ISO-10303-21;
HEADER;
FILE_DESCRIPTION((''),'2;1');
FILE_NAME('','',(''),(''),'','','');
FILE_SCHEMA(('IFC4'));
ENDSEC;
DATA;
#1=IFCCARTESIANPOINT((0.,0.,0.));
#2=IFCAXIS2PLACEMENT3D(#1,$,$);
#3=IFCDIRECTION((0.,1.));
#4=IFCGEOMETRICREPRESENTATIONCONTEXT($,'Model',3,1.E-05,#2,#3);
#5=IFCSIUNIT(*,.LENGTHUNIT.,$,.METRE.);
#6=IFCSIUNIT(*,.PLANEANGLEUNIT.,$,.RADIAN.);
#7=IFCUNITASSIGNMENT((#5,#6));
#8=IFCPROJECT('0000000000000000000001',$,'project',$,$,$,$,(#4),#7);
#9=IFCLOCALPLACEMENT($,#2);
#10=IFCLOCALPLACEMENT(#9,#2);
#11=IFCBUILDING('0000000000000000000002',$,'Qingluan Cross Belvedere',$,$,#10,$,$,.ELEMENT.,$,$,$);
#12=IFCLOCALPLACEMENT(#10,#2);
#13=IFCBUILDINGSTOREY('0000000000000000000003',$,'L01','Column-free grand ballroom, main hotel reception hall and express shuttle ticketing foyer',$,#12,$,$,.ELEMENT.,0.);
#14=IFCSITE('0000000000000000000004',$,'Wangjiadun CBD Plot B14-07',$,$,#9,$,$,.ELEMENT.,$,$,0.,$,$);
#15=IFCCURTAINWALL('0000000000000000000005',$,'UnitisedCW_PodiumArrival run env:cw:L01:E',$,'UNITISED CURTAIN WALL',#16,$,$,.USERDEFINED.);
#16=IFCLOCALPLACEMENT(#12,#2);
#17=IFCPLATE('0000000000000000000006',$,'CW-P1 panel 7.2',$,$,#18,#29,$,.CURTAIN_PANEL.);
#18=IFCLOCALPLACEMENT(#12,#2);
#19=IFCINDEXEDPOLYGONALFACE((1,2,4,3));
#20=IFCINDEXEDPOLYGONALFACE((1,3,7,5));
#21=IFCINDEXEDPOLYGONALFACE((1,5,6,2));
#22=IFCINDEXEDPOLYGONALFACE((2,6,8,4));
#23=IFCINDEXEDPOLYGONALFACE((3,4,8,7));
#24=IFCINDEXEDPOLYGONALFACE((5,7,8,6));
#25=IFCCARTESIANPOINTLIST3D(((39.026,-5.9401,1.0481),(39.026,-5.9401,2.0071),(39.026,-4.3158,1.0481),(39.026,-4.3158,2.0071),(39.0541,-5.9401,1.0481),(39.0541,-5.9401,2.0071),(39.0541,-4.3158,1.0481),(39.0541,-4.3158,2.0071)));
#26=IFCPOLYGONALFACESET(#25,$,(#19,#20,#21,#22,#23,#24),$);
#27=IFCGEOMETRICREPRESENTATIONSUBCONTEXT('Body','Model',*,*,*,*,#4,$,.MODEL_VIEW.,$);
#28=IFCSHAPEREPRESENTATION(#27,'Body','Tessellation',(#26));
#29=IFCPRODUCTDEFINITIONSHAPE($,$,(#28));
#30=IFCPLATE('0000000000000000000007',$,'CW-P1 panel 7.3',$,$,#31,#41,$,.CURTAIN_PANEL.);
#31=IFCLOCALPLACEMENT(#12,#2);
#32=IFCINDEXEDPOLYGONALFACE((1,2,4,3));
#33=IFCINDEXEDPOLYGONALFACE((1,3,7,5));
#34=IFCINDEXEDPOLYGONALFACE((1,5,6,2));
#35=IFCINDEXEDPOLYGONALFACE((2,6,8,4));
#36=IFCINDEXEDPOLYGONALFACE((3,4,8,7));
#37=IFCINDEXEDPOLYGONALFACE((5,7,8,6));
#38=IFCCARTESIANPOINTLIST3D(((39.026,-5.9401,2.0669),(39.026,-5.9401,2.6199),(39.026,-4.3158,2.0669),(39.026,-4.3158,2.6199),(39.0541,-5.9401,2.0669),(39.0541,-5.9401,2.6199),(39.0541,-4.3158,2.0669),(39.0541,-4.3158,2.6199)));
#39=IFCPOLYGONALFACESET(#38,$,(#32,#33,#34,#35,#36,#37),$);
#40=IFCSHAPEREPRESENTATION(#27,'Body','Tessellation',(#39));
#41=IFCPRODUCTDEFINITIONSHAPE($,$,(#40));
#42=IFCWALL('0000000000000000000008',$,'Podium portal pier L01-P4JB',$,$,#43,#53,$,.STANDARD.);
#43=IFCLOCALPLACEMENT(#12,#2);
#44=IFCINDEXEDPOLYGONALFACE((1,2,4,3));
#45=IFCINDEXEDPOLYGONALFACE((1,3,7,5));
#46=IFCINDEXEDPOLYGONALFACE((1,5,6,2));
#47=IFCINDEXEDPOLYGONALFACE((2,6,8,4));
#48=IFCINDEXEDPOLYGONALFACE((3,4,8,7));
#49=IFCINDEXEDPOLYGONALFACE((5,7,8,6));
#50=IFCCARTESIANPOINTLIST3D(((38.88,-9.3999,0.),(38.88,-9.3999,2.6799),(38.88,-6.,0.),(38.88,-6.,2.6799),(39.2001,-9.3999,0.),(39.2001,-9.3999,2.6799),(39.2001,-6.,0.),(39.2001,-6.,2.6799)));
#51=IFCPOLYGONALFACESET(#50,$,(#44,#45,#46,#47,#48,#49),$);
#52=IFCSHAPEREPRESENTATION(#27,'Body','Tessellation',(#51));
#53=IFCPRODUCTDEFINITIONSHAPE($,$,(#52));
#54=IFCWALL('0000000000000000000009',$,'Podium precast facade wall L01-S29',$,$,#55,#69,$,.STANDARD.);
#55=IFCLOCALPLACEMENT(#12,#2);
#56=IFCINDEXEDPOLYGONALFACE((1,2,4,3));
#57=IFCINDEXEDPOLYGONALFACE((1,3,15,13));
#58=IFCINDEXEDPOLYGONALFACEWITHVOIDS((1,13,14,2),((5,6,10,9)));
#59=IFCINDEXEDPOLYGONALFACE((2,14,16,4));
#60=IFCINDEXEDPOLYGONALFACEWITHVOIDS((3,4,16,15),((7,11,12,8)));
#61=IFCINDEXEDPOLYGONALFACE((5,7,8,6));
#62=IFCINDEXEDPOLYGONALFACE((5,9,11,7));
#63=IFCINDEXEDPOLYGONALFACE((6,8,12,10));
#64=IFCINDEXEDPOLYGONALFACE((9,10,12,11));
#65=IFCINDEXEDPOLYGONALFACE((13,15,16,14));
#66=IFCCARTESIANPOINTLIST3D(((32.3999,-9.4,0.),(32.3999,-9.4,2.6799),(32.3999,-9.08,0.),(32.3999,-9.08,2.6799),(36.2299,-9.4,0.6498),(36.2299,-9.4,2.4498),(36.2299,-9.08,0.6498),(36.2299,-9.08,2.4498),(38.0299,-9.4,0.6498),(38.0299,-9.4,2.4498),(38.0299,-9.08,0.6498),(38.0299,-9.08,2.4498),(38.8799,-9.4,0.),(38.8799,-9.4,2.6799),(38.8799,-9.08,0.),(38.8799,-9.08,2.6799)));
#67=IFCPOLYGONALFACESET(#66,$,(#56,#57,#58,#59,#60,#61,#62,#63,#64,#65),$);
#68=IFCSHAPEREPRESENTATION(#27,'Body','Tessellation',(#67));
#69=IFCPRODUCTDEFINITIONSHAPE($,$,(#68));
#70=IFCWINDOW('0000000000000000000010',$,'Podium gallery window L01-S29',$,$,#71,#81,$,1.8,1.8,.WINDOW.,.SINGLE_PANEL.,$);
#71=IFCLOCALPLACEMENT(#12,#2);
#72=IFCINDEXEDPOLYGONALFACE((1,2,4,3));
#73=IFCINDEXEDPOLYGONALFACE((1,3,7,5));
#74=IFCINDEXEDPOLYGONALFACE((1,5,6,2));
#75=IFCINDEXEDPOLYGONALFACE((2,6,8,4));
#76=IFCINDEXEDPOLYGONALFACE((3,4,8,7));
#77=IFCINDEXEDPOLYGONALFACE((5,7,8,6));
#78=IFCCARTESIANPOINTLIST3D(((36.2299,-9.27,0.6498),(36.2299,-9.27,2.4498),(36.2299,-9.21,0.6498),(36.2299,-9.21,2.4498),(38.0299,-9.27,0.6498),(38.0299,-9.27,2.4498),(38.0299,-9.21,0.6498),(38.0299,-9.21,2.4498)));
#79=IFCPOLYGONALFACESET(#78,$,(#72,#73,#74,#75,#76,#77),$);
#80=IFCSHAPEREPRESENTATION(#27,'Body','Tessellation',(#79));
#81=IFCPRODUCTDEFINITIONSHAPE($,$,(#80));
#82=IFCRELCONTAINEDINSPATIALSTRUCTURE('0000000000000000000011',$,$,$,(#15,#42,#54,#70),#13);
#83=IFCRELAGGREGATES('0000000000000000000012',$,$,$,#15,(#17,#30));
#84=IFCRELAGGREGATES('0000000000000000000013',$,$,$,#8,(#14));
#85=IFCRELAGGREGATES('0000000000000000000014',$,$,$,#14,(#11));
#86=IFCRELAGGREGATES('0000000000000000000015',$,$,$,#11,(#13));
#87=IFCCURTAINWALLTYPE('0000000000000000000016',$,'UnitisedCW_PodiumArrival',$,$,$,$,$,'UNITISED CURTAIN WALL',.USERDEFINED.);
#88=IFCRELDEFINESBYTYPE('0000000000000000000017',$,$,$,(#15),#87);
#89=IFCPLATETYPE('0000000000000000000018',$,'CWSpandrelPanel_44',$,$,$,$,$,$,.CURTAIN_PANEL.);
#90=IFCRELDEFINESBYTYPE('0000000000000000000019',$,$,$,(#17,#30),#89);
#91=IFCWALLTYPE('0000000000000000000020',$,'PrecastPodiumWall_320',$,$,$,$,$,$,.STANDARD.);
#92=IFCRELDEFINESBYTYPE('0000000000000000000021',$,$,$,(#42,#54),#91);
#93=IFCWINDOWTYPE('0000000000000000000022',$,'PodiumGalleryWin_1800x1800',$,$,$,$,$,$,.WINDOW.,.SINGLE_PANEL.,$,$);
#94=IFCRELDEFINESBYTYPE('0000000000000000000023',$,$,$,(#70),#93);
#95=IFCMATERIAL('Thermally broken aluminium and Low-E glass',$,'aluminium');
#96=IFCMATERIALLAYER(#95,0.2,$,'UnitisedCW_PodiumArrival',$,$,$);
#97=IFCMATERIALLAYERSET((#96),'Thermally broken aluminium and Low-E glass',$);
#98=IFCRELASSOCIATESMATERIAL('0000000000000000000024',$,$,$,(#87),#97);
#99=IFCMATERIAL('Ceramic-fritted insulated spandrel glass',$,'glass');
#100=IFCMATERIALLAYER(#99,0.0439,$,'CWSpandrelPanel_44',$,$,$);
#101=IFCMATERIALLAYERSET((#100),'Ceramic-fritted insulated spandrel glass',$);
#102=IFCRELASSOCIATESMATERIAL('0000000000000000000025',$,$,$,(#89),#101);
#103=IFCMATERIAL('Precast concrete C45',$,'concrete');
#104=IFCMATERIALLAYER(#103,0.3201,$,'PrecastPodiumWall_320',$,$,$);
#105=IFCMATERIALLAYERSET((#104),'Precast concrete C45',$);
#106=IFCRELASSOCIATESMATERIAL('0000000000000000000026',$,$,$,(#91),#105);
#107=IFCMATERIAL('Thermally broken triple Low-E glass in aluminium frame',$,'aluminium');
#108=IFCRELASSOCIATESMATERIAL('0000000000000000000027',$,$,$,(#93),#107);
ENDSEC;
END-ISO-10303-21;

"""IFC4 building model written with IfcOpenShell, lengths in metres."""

from ifc_helpers import new_model, si_unit, direction, frame, frame_2d, origin, origin_2d, place, context, subcontext, project, spatial, rectangle, extrude, material, layer, layer_set, type_object, element, fill, aggregate, save


model = new_model("IFC4")

# Units and contexts
model_context = context("Model", 3, precision=1e-05, world=origin(), true_north=direction((0.0, 1.0)))
body_context = subcontext(model_context, "Body", "Model", "MODEL_VIEW")
ifc_project = project(units=[si_unit("LENGTHUNIT", "METRE"), si_unit("PLANEANGLEUNIT", "RADIAN")], contexts=[model_context])

# Site, building, storey
site_placement = place(None, origin())
site = spatial("IfcSite", under=ifc_project, at=site_placement, Name="Wangjiadun CBD Plot B14-07", CompositionType="ELEMENT", RefElevation=0.0)
building_placement = place(site_placement, origin())
building = spatial("IfcBuilding", under=site, at=building_placement, Name="Qingluan Cross Belvedere", CompositionType="ELEMENT")
storey_placement = place(building_placement, origin())
storey = spatial("IfcBuildingStorey", under=building, at=storey_placement, Name="L01", Description="Column-free grand ballroom, main hotel reception hall and express shuttle ticketing foyer", CompositionType="ELEMENT", Elevation=0.0)

# Curtain wall, plates
ifc_material_1 = material(Name="Thermally broken aluminium and Low-E glass", Category="aluminium")
ifc_layer_1 = layer(ifc_material_1, 0.2, Name="UnitisedCW_PodiumArrival")
ifc_layer_set_1 = layer_set([ifc_layer_1], Name="Thermally broken aluminium and Low-E glass")
curtain_wall_type = type_object("IfcCurtainWallType", Name="UnitisedCW_PodiumArrival", ElementType="UNITISED CURTAIN WALL", PredefinedType="USERDEFINED", material=ifc_layer_set_1)
curtain_wall_placement = place(storey_placement, origin())
curtain_wall = element("IfcCurtainWall", 1, at=curtain_wall_placement, inside=storey, type_object=curtain_wall_type, Name="UnitisedCW_PodiumArrival run env:cw:L01:E", ObjectType="UNITISED CURTAIN WALL", PredefinedType="USERDEFINED")
ifc_material_2 = material(Name="Ceramic-fritted insulated spandrel glass", Category="glass")
ifc_layer_2 = layer(ifc_material_2, 0.0439, Name="CWSpandrelPanel_44")
ifc_layer_set_2 = layer_set([ifc_layer_2], Name="Ceramic-fritted insulated spandrel glass")
plate_type = type_object("IfcPlateType", Name="CWSpandrelPanel_44", PredefinedType="CURTAIN_PANEL", material=ifc_layer_set_2)
plate_1_placement = place(storey_placement, frame((39.04, -5.1279, 1.0481), z_axis=(0.0, 0.0, 1.0), x_axis=(0.0, -1.0, 0.0)))
plate_1 = element("IfcPlate", 2, at=plate_1_placement, type_object=plate_type, Name="CW-P1 panel 7.2", PredefinedType="CURTAIN_PANEL", context=body_context, shape_type="SweptSolid", body=[
    extrude(rectangle(XDim=1.6243, YDim=0.0281, at=origin_2d()), origin(), (0.0, 0.0, 1.0), 0.959),
])
plate_2_placement = place(storey_placement, frame((39.04, -5.1279, 2.0669), z_axis=(0.0, 0.0, 1.0), x_axis=(0.0, -1.0, 0.0)))
plate_2 = element("IfcPlate", 3, at=plate_2_placement, type_object=plate_type, Name="CW-P1 panel 7.3", PredefinedType="CURTAIN_PANEL", context=body_context, shape_type="SweptSolid", body=[
    extrude(rectangle(XDim=1.6243, YDim=0.0281, at=origin_2d()), origin(), (0.0, 0.0, 1.0), 0.553),
])
aggregate(curtain_wall, [plate_1, plate_2])

# Wall
ifc_material_3 = material(Name="Precast concrete C45", Category="concrete")
ifc_layer_3 = layer(ifc_material_3, 0.3201, Name="PrecastPodiumWall_320")
ifc_layer_set_3 = layer_set([ifc_layer_3], Name="Precast concrete C45")
wall_type = type_object("IfcWallType", Name="PrecastPodiumWall_320", PredefinedType="STANDARD", material=ifc_layer_set_3)
wall_1_placement = place(storey_placement, frame((39.04, -6.0, 0.0), z_axis=(0.0, 0.0, 1.0), x_axis=(0.0, -1.0, 0.0)))
element("IfcWall", 4, at=wall_1_placement, inside=storey, type_object=wall_type, Name="Podium portal pier L01-P4JB", PredefinedType="STANDARD", context=body_context, shape_type="SweptSolid", body=[
    extrude(rectangle(XDim=3.3999, YDim=0.3201, at=frame_2d((1.7, 0.0))), origin(), (0.0, 0.0, 1.0), 2.6799),
])

# Wall, opening, window
wall_2_placement = place(storey_placement, frame((38.8799, -9.24, 0.0), z_axis=(0.0, 0.0, 1.0), x_axis=(-1.0, 0.0, 0.0)))
wall_2 = element("IfcWall", 5, at=wall_2_placement, inside=storey, type_object=wall_type, Name="Podium precast facade wall L01-S29", PredefinedType="STANDARD", context=body_context, shape_type="SweptSolid", body=[
    extrude(rectangle(XDim=6.48, YDim=0.3201, at=frame_2d((3.24, 0.0))), origin(), (0.0, 0.0, 1.0), 2.6799),
])
opening_placement = place(wall_2_placement, frame((0.8501, 0.0, 0.6499)))
opening = element("IfcOpeningElement", 6, at=opening_placement, cuts=wall_2, PredefinedType="OPENING", context=body_context, shape_type="SweptSolid", body=[
    extrude(rectangle(XDim=1.8, YDim=1.8, at=frame_2d((0.8999, 0.8999))), frame((0.0, 0.1699, 0.0), z_axis=(0.0, -1.0, 0.0), x_axis=(1.0, 0.0, 0.0)), (0.0, 0.0, 1.0), 0.3401),
])
ifc_material_4 = material(Name="Thermally broken triple Low-E glass in aluminium frame", Category="aluminium")
window_type = type_object("IfcWindowType", Name="PodiumGalleryWin_1800x1800", PartitioningType="SINGLE_PANEL", PredefinedType="WINDOW", material=ifc_material_4)
window_placement = place(opening_placement, origin())
window = element("IfcWindow", 7, at=window_placement, inside=storey, type_object=window_type, Name="Podium gallery window L01-S29", OverallHeight=1.8, OverallWidth=1.8, PartitioningType="SINGLE_PANEL", PredefinedType="WINDOW", context=body_context, shape_type="SweptSolid", body=[
    extrude(rectangle(XDim=1.8, YDim=1.8, at=frame_2d((0.8999, 0.8999))), frame((0.0, 0.03, 0.0), z_axis=(0.0, -1.0, 0.0), x_axis=(1.0, 0.0, 0.0)), (0.0, 0.0, 1.0), 0.0601),
])
fill(opening, window)

save(model, "model.ifc")
